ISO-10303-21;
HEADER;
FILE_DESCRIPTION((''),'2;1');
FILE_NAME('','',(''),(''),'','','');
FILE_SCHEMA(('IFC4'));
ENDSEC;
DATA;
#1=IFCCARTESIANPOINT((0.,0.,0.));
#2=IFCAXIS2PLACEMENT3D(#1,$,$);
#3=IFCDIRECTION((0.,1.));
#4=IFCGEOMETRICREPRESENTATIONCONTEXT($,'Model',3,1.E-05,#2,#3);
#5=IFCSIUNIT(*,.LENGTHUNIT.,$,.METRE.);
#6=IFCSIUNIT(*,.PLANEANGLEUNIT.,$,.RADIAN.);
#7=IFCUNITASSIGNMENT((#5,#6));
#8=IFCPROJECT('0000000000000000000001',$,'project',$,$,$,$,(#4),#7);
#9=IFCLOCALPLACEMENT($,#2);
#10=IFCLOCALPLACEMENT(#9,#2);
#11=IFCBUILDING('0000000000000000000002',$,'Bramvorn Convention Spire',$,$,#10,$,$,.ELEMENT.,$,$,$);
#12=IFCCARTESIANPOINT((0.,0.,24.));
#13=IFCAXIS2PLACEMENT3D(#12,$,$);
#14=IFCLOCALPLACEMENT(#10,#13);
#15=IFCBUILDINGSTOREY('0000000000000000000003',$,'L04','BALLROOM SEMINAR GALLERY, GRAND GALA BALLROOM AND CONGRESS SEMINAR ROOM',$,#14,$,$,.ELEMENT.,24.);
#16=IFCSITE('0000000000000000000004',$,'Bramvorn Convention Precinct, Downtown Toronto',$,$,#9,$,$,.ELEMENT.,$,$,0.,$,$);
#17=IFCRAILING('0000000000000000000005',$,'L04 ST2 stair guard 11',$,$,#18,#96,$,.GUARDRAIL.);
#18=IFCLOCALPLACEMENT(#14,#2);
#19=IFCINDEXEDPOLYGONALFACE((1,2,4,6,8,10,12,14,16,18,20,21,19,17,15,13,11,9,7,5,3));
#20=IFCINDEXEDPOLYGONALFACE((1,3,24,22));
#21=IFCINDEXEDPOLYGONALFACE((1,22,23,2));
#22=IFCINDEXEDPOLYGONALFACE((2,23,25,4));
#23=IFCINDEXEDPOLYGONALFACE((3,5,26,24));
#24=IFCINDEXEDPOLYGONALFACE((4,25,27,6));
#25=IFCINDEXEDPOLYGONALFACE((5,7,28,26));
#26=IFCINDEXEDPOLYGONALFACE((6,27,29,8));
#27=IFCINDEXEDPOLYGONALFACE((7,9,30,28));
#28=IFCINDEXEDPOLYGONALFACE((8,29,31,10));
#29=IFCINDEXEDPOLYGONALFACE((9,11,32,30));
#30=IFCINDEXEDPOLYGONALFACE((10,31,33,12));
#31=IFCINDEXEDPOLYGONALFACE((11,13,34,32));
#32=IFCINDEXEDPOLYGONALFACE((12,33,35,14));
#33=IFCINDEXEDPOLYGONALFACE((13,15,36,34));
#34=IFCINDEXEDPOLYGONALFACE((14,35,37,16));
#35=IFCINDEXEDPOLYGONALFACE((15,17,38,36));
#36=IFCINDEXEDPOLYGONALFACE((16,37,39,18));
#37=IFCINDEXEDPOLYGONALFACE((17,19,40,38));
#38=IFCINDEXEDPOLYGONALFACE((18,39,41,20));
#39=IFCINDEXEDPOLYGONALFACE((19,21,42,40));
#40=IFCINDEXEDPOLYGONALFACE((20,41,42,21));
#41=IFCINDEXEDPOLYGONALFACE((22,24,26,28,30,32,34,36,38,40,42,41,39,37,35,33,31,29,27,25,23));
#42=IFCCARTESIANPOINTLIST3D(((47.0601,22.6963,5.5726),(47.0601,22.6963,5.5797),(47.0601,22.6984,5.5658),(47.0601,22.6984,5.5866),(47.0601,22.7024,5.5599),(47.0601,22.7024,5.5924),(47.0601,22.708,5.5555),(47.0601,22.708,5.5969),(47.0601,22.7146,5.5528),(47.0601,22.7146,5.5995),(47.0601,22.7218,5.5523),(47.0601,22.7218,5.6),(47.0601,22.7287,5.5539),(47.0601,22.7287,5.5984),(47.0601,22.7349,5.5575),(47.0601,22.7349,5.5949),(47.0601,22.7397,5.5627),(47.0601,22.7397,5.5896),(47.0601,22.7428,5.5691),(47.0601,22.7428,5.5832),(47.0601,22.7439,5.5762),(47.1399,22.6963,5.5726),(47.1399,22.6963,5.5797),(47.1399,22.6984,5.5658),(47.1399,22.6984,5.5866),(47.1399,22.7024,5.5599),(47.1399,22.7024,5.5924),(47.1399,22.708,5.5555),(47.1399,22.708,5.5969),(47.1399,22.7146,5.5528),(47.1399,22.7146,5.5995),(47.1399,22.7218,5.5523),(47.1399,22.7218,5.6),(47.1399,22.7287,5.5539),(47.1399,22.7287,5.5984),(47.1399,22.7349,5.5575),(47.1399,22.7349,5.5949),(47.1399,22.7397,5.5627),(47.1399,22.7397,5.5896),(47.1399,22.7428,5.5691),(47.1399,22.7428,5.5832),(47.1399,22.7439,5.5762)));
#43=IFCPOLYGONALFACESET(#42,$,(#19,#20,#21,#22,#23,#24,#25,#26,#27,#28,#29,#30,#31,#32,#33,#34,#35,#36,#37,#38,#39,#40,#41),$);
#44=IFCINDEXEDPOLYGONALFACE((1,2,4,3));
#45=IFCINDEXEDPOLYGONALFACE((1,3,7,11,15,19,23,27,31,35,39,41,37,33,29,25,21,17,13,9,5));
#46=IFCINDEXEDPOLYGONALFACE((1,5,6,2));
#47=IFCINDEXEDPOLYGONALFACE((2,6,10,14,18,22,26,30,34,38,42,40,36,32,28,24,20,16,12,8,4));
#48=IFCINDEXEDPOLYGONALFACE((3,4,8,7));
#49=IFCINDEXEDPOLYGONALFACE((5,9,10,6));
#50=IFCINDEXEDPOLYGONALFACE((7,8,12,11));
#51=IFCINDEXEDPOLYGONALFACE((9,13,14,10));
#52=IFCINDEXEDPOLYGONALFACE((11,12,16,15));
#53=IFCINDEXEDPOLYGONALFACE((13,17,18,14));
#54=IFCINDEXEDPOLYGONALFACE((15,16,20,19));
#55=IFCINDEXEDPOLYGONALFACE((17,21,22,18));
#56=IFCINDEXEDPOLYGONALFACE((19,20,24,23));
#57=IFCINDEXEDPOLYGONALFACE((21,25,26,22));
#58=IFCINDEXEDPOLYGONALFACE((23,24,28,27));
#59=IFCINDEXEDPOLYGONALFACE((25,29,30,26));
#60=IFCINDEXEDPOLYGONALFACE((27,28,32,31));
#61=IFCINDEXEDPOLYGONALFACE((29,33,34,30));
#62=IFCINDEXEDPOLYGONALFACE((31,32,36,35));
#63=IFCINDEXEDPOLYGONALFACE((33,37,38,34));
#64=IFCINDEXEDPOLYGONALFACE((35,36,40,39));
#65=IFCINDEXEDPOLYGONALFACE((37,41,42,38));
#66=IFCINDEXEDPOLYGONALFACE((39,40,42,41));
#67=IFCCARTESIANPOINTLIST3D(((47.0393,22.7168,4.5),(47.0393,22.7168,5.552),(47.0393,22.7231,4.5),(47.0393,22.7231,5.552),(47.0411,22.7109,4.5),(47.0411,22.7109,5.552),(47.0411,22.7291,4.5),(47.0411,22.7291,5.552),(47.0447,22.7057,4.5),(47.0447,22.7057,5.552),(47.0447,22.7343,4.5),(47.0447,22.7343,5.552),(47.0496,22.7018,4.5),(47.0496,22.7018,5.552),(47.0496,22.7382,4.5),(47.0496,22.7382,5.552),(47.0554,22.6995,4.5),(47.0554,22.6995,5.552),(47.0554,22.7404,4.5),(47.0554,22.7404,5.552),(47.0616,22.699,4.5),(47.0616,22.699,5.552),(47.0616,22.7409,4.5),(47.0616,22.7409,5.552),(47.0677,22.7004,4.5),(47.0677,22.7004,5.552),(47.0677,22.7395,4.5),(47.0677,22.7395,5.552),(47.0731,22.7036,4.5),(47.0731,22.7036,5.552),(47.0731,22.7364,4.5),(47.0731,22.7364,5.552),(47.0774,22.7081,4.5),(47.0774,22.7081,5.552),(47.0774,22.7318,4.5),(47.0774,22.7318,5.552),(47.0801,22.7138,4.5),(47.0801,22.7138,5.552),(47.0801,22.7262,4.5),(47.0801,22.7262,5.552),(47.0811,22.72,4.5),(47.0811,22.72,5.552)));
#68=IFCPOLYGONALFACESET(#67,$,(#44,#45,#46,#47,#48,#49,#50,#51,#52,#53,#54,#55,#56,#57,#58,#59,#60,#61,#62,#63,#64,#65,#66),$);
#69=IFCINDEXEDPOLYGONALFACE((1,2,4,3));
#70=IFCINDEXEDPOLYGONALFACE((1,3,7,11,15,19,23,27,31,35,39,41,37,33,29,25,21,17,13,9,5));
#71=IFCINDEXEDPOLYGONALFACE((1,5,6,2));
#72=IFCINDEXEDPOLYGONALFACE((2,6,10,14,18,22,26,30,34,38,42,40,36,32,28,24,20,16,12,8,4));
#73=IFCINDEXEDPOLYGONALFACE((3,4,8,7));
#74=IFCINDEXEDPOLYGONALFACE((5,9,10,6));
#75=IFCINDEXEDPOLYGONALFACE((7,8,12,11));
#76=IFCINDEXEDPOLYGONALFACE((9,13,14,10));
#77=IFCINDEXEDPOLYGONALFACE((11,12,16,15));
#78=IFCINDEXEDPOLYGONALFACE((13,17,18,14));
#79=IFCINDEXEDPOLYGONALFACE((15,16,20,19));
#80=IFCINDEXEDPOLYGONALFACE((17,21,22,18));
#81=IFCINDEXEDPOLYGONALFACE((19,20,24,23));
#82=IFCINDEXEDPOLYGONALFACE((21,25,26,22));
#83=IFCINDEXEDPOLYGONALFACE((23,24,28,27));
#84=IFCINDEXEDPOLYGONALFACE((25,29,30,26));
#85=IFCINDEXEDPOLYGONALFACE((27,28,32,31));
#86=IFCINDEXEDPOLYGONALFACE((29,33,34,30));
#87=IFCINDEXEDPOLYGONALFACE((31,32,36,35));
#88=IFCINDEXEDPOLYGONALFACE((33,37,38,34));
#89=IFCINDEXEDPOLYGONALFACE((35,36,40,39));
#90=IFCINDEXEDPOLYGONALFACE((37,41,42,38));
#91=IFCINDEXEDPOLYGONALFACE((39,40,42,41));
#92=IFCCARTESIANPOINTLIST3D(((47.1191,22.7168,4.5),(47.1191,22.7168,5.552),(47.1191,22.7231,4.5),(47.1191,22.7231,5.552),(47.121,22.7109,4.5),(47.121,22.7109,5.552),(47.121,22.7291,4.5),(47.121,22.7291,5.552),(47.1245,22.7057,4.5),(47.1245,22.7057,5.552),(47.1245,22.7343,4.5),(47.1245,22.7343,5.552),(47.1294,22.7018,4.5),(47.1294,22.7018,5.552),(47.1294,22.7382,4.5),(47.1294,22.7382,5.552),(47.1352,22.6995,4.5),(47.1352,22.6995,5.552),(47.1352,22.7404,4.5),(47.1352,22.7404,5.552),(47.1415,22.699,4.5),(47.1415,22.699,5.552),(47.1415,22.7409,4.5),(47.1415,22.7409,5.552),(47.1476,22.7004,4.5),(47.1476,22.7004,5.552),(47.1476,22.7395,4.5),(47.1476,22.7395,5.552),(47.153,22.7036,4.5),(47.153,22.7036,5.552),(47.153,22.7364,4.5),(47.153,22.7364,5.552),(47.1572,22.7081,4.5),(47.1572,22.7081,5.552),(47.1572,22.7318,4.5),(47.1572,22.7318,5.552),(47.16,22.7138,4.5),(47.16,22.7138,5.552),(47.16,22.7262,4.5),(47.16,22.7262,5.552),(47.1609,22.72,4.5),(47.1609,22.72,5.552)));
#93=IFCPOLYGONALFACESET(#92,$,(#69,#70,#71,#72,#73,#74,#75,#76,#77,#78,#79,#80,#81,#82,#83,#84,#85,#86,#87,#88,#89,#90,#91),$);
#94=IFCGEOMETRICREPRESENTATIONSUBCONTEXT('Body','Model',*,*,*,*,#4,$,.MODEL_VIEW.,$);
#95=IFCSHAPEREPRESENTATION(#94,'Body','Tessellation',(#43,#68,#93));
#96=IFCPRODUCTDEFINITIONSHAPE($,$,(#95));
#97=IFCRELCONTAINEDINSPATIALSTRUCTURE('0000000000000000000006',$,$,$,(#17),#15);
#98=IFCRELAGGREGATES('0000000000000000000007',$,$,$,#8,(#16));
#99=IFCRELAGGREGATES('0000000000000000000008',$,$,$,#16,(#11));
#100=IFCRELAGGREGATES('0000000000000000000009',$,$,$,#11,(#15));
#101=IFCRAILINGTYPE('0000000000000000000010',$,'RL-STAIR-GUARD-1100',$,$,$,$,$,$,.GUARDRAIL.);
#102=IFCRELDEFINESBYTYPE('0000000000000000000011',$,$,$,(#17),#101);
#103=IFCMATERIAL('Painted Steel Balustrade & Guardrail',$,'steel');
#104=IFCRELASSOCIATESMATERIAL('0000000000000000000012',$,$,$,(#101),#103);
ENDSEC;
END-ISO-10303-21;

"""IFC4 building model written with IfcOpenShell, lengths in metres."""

from ifc_helpers import new_model, si_unit, direction, frame, origin, origin_2d, place, context, subcontext, project, spatial, circle, extrude, material, type_object, element, save


model = new_model("IFC4")

# Units and contexts
model_context = context("Model", 3, precision=1e-05, world=origin(), true_north=direction((0.0, 1.0)))
body_context = subcontext(model_context, "Body", "Model", "MODEL_VIEW")
ifc_project = project(units=[si_unit("LENGTHUNIT", "METRE"), si_unit("PLANEANGLEUNIT", "RADIAN")], contexts=[model_context])

# Site, building, storey
site_placement = place(None, origin())
site = spatial("IfcSite", under=ifc_project, at=site_placement, Name="Bramvorn Convention Precinct, Downtown Toronto", CompositionType="ELEMENT", RefElevation=0.0)
building_placement = place(site_placement, origin())
building = spatial("IfcBuilding", under=site, at=building_placement, Name="Bramvorn Convention Spire", CompositionType="ELEMENT")
storey_placement = place(building_placement, frame((0.0, 0.0, 24.0)))
storey = spatial("IfcBuildingStorey", under=building, at=storey_placement, Name="L04", Description="BALLROOM SEMINAR GALLERY, GRAND GALA BALLROOM AND CONGRESS SEMINAR ROOM", CompositionType="ELEMENT", Elevation=24.0)

# Railing
ifc_material_1 = material(Name="Painted Steel Balustrade & Guardrail", Category="steel")
railing_type_1 = type_object("IfcRailingType", Name="RL-STAIR-GUARD-1100", PredefinedType="GUARDRAIL", material=ifc_material_1)
railing_1_placement = place(storey_placement, frame((47.0601, 22.72, 4.5)))
element("IfcRailing", 1, at=railing_1_placement, inside=storey, type_object=railing_type_1, Name="L04 ST2 stair guard 11", PredefinedType="GUARDRAIL", context=body_context, shape_type="SweptSolid", body=[
    extrude(circle(Radius=0.0239, at=origin_2d()), frame((0.0, 0.0, 1.0762), z_axis=(1.0, 0.0, 0.0), x_axis=(0.0, 1.0, 0.0)), (0.0, 0.0, 1.0), 0.0798),
    extrude(circle(Radius=0.021, at=origin_2d()), origin(), (0.0, 0.0, 1.0), 1.052),
    extrude(circle(Radius=0.021, at=origin_2d()), frame((0.0798, 0.0, 0.0)), (0.0, 0.0, 1.0), 1.052),
])

save(model, "model.ifc")
